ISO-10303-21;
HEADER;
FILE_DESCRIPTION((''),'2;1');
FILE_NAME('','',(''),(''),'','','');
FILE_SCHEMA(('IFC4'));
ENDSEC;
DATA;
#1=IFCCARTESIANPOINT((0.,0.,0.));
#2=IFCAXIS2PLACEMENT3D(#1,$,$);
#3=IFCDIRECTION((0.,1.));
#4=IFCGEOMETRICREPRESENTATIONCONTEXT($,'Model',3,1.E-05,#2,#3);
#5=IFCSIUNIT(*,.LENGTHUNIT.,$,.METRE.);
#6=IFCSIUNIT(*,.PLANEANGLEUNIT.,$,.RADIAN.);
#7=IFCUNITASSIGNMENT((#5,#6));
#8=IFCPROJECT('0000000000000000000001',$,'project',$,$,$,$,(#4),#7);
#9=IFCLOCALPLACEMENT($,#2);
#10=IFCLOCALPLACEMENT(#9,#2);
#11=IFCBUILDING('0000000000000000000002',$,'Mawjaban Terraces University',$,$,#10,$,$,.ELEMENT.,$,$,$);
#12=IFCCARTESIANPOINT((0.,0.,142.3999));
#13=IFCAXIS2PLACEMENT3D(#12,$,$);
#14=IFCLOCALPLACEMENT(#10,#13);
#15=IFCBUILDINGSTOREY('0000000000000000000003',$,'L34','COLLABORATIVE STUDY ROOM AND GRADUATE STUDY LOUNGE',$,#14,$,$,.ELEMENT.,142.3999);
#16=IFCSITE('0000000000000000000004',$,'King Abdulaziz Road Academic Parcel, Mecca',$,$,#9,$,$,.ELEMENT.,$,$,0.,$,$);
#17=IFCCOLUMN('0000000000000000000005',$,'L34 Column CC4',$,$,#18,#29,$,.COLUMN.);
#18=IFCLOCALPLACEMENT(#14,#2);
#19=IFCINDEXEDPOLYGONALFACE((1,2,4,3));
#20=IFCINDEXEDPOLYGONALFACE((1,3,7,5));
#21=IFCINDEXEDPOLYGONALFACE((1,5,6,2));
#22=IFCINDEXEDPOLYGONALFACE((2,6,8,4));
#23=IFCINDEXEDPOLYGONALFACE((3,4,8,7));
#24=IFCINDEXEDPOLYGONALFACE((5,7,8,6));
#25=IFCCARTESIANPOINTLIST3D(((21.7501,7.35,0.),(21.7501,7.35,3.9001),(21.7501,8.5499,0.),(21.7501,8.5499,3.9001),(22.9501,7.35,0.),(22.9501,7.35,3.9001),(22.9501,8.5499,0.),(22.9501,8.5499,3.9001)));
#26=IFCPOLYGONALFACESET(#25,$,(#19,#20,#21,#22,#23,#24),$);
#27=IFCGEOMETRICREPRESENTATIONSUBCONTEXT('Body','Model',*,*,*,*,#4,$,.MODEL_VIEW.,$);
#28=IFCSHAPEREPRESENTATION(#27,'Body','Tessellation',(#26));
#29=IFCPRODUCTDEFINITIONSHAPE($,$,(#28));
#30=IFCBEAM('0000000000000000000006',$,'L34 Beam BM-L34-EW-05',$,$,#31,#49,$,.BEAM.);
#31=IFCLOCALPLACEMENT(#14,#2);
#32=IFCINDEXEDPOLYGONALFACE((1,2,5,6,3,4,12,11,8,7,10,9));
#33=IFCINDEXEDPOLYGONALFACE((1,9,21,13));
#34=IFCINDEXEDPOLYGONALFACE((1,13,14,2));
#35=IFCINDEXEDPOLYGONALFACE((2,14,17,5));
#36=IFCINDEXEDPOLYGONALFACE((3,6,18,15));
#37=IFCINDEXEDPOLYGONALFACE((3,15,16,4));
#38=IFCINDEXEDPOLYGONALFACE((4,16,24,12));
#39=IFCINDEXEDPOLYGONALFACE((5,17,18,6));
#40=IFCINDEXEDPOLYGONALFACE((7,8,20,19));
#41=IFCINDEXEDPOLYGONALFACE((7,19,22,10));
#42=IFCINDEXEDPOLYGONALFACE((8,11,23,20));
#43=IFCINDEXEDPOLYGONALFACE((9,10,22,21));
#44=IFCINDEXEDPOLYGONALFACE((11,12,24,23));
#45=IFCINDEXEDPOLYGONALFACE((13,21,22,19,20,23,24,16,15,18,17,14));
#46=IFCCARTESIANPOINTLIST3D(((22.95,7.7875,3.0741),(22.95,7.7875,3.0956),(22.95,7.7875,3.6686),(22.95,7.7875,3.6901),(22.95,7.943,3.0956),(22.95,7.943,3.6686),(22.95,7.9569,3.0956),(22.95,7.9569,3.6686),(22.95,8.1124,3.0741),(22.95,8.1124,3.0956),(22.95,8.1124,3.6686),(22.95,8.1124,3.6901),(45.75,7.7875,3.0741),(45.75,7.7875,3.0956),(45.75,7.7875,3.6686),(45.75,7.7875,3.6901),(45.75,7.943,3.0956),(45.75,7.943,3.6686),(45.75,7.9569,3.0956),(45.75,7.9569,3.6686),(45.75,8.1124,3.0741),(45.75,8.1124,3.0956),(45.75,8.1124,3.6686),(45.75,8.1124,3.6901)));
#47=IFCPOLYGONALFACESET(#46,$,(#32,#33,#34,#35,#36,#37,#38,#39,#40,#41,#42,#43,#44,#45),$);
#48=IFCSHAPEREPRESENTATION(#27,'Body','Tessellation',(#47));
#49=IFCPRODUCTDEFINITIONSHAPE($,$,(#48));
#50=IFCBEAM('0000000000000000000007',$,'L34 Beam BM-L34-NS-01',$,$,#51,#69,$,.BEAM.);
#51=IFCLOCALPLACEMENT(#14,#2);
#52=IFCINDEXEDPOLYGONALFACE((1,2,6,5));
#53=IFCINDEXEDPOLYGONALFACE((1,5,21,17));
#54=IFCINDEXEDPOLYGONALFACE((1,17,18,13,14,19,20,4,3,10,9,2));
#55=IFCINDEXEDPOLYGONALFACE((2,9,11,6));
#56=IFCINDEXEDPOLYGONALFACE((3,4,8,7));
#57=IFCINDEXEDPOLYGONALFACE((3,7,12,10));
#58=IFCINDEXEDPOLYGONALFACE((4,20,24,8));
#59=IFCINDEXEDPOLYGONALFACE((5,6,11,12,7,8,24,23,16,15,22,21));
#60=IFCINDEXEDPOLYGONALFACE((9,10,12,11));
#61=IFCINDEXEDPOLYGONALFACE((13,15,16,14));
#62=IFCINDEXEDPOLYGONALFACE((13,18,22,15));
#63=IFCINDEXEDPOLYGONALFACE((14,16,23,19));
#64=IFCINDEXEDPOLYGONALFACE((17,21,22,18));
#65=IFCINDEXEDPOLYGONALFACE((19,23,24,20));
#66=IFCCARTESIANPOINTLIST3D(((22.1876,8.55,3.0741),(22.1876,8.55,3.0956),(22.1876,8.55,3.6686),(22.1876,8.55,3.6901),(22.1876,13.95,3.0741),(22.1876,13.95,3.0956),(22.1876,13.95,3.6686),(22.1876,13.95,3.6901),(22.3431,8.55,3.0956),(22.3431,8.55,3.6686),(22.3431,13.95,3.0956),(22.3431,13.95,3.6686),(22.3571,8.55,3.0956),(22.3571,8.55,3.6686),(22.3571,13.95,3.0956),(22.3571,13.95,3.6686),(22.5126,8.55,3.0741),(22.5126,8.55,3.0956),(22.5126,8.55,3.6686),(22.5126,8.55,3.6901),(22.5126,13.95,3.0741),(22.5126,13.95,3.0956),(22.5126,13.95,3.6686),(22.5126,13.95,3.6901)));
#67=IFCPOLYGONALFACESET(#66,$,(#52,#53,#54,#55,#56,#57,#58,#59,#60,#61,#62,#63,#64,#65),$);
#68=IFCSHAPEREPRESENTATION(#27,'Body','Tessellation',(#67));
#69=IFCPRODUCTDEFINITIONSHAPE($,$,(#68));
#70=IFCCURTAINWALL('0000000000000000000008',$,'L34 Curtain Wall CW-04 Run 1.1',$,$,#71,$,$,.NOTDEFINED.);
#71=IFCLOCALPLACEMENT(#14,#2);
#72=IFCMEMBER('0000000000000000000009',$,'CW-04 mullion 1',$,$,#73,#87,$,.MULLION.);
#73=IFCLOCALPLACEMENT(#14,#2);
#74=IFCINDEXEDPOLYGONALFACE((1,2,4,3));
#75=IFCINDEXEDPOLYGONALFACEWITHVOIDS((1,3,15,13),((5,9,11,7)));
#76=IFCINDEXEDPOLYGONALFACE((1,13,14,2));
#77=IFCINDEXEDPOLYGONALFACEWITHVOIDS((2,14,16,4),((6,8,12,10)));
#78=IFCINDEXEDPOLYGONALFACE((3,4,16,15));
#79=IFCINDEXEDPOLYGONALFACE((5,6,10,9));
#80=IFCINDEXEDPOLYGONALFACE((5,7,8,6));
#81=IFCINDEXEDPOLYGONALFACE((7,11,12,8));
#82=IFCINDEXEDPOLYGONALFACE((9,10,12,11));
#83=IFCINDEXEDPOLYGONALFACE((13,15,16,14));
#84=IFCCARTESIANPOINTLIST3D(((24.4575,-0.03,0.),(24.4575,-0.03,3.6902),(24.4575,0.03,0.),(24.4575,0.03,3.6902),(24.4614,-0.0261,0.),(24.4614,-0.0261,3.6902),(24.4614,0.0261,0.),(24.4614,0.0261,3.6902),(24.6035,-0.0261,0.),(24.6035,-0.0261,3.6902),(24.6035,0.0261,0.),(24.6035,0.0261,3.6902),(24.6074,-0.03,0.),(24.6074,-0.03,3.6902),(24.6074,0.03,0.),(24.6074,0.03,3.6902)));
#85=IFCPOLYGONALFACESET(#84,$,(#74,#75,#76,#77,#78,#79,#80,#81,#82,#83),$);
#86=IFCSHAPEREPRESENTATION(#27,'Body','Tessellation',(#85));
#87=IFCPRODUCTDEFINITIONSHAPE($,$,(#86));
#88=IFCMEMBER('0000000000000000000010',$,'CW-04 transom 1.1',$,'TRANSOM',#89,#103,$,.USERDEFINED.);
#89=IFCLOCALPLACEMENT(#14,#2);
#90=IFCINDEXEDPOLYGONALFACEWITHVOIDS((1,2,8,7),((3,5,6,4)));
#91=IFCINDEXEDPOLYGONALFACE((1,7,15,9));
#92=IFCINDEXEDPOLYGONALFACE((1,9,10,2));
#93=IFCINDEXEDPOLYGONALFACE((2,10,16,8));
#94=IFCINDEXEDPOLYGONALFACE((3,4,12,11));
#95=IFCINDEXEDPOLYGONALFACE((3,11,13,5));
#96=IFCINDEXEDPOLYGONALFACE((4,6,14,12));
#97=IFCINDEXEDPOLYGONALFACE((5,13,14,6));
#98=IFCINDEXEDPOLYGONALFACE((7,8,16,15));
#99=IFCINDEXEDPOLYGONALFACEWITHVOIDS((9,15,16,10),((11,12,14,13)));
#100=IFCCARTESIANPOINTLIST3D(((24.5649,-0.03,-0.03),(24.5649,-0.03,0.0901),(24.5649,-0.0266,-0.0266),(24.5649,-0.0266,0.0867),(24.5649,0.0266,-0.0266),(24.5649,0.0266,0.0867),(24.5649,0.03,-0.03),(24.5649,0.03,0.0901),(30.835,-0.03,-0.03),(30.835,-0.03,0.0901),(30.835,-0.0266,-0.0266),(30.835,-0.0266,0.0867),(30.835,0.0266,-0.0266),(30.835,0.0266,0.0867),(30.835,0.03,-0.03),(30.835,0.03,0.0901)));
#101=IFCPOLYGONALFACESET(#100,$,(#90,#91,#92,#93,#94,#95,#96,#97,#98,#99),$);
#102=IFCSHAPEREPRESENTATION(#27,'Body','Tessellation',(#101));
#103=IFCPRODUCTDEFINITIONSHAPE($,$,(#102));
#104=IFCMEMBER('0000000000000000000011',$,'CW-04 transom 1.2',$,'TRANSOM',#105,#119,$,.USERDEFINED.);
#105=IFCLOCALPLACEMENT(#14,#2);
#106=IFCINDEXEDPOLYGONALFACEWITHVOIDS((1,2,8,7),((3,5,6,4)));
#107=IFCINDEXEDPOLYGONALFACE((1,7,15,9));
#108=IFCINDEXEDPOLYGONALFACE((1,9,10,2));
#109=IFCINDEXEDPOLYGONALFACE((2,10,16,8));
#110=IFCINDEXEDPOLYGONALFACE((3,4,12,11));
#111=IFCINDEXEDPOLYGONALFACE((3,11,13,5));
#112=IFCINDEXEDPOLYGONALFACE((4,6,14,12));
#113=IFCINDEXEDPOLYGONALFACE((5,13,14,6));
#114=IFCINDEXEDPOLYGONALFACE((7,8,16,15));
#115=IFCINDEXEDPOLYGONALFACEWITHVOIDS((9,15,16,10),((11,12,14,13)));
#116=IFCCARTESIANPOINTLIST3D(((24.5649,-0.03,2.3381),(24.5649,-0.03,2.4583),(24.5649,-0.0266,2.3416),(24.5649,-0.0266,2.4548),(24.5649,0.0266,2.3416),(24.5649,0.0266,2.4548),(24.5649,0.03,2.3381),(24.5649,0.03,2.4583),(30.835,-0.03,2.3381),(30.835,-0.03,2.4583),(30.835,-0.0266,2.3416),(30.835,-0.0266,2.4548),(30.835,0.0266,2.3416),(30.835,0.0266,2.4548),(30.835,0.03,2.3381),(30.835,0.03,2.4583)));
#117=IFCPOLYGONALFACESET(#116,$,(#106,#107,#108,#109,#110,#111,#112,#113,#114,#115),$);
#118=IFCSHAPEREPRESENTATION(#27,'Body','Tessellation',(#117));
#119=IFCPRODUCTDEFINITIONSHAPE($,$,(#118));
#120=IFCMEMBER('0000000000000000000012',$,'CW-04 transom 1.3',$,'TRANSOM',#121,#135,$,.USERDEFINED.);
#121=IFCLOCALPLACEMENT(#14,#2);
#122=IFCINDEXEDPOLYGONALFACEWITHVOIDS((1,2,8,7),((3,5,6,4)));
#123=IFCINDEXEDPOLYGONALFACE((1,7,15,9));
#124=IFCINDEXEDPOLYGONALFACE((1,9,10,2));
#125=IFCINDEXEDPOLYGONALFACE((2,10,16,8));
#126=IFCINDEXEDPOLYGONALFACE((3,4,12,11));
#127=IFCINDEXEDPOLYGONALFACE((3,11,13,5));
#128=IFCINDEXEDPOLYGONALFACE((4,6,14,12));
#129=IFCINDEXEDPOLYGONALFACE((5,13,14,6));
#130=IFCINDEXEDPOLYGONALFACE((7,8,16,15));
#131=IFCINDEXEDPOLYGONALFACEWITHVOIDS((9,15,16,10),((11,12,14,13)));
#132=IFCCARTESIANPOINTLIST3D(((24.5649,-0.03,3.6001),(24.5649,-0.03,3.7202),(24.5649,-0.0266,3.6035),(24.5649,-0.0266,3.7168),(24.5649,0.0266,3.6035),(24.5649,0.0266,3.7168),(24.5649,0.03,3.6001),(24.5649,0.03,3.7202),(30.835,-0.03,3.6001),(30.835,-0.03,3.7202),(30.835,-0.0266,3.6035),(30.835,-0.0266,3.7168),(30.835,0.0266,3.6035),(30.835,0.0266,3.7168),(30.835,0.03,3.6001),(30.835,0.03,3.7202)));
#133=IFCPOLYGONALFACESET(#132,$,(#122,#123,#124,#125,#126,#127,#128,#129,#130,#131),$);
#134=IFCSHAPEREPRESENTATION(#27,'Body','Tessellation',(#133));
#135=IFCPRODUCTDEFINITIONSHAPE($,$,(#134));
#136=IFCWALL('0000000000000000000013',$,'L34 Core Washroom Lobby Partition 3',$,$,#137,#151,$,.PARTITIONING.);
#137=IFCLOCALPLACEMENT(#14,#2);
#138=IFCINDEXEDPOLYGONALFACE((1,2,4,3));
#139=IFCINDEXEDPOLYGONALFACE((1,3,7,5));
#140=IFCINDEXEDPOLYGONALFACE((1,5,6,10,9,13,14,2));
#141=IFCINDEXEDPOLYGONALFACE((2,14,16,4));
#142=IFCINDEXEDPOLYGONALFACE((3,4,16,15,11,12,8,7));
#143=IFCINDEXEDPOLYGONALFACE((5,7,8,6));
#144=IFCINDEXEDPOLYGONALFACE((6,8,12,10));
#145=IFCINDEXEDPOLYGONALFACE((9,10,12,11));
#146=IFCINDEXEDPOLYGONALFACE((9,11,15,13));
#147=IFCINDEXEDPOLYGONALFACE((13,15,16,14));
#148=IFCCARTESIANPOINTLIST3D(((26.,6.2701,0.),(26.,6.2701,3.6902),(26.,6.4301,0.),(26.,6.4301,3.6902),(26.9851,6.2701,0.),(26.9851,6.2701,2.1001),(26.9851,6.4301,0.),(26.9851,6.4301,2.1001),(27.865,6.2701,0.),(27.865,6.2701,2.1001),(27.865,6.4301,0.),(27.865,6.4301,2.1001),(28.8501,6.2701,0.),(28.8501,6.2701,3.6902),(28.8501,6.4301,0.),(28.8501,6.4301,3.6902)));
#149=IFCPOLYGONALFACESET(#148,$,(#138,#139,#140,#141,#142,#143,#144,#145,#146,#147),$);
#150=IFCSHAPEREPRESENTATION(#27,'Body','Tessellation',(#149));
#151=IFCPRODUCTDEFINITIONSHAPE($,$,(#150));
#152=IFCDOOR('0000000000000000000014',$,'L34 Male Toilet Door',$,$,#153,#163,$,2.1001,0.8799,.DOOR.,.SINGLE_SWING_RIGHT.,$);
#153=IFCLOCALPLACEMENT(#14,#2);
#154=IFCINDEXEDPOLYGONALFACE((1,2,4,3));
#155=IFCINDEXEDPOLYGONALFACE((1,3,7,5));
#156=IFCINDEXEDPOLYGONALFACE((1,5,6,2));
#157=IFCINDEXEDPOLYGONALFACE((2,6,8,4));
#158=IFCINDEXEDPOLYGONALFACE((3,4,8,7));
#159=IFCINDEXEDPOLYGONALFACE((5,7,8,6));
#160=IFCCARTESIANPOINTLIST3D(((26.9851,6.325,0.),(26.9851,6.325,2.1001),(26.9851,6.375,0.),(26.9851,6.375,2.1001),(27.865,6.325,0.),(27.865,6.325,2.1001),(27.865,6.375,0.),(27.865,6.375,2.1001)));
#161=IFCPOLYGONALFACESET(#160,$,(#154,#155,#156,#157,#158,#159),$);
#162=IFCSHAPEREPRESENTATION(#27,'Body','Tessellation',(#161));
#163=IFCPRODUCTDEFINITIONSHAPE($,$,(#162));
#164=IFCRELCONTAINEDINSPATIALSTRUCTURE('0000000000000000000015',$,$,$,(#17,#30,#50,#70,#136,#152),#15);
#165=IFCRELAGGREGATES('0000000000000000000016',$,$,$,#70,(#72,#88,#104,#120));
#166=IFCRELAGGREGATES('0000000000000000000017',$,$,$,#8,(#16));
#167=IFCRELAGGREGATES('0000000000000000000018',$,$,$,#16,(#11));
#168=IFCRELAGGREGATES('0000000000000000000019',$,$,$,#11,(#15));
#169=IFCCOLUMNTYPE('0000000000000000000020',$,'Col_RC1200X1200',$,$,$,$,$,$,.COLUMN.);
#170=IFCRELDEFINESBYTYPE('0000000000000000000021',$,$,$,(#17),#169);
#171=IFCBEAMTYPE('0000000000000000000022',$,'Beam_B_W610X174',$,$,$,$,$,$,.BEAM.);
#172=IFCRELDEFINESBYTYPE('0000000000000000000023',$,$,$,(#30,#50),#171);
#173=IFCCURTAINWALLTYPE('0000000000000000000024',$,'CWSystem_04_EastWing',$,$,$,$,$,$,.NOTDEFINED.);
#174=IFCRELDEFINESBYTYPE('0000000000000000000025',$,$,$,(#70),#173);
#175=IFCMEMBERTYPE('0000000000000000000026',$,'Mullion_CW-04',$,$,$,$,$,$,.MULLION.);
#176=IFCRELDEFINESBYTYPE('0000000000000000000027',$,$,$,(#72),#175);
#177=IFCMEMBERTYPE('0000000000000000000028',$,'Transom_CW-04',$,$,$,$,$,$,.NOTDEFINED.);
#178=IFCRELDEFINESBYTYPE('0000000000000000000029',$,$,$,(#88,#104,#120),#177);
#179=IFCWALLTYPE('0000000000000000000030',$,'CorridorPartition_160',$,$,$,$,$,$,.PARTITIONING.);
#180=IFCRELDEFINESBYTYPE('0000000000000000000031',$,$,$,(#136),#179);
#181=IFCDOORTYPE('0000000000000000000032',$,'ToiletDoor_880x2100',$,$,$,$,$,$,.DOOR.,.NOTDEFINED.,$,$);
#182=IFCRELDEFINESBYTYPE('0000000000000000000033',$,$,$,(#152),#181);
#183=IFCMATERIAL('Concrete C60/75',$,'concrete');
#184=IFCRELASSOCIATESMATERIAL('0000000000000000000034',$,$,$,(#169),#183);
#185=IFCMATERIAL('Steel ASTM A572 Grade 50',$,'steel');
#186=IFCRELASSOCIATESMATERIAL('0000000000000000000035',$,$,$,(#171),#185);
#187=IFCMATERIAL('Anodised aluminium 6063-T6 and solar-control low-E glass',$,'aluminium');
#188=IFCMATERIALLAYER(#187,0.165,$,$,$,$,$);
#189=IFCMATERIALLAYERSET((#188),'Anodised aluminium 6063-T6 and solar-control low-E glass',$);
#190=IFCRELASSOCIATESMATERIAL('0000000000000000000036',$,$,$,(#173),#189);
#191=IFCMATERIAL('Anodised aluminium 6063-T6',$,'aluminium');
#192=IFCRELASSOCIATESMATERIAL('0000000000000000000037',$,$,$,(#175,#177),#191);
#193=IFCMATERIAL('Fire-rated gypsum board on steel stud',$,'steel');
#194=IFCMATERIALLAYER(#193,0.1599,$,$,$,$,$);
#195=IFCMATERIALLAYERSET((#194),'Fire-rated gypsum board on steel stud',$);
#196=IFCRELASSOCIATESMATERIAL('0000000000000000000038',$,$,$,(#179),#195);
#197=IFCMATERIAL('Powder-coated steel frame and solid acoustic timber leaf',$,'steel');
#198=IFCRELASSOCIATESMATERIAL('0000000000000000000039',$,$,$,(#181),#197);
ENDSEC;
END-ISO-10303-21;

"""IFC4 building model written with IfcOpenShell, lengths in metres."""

from ifc_helpers import new_model, si_unit, direction, frame, frame_2d, origin, origin_2d, place, context, subcontext, project, spatial, rectangle, hollow_rectangle, i_section, extrude, material, layer, layer_set, material_profile, profile_set, type_object, element, fill, aggregate, save


model = new_model("IFC4")

# Units and contexts
model_context = context("Model", 3, precision=1e-05, world=origin(), true_north=direction((0.0, 1.0)))
body_context = subcontext(model_context, "Body", "Model", "MODEL_VIEW")
ifc_project = project(units=[si_unit("LENGTHUNIT", "METRE"), si_unit("PLANEANGLEUNIT", "RADIAN")], contexts=[model_context])

# Site, building, storey
site_placement = place(None, origin())
site = spatial("IfcSite", under=ifc_project, at=site_placement, Name="King Abdulaziz Road Academic Parcel, Mecca", CompositionType="ELEMENT", RefElevation=0.0)
building_placement = place(site_placement, origin())
building = spatial("IfcBuilding", under=site, at=building_placement, Name="Mawjaban Terraces University", CompositionType="ELEMENT")
storey_placement = place(building_placement, frame((0.0, 0.0, 142.3999)))
storey = spatial("IfcBuildingStorey", under=building, at=storey_placement, Name="L34", Description="COLLABORATIVE STUDY ROOM AND GRADUATE STUDY LOUNGE", CompositionType="ELEMENT", Elevation=142.3999)

# Column
ifc_material_1 = material(Name="Concrete C60/75", Category="concrete")
ifc_material_profile_1 = material_profile(ifc_material_1, rectangle(XDim=1.2, YDim=1.2, at=origin_2d()), Name="RC1200X1200")
ifc_profile_set_1 = profile_set([ifc_material_profile_1], Name="Concrete C60/75")
column_type = type_object("IfcColumnType", Name="Col_RC1200X1200", PredefinedType="COLUMN", material=ifc_profile_set_1)
column_placement = place(storey_placement, frame((22.3501, 7.95, 0.0), z_axis=(0.0, 0.0, 1.0), x_axis=(1.0, 0.0, 0.0)))
element("IfcColumn", 1, at=column_placement, inside=storey, type_object=column_type, Name="L34 Column CC4", PredefinedType="COLUMN", context=body_context, shape_type="SweptSolid", body=[
    extrude(rectangle(XDim=1.2, YDim=1.2, at=origin_2d()), origin(), (0.0, 0.0, 1.0), 3.9001),
])

# Beams
ifc_material_2 = material(Name="Steel ASTM A572 Grade 50", Category="steel")
ifc_material_profile_2 = material_profile(ifc_material_2, i_section(OverallWidth=0.325, OverallDepth=0.616, WebThickness=0.0139, FlangeThickness=0.0215, at=origin_2d()), Name="W610X174")
ifc_profile_set_2 = profile_set([ifc_material_profile_2], Name="Steel ASTM A572 Grade 50")
beam_type = type_object("IfcBeamType", Name="Beam_B_W610X174", PredefinedType="BEAM", material=ifc_profile_set_2)
beam_1_placement = place(storey_placement, frame((22.95, 7.95, 3.3821), z_axis=(1.0, 0.0, 0.0), x_axis=(0.0, 1.0, 0.0)))
element("IfcBeam", 2, at=beam_1_placement, inside=storey, type_object=beam_type, Name="L34 Beam BM-L34-EW-05", PredefinedType="BEAM", context=body_context, shape_type="SweptSolid", body=[
    extrude(i_section(OverallWidth=0.325, OverallDepth=0.616, WebThickness=0.0139, FlangeThickness=0.0215, at=origin_2d()), origin(), (0.0, 0.0, 1.0), 22.8),
])
beam_2_placement = place(storey_placement, frame((22.3501, 8.55, 3.3821), z_axis=(0.0, 1.0, 0.0), x_axis=(-1.0, 0.0, 0.0)))
element("IfcBeam", 3, at=beam_2_placement, inside=storey, type_object=beam_type, Name="L34 Beam BM-L34-NS-01", PredefinedType="BEAM", context=body_context, shape_type="SweptSolid", body=[
    extrude(i_section(OverallWidth=0.325, OverallDepth=0.616, WebThickness=0.0139, FlangeThickness=0.0215, at=origin_2d()), origin(), (0.0, 0.0, 1.0), 5.3999),
])

# Curtain wall, members
ifc_material_3 = material(Name="Anodised aluminium 6063-T6 and solar-control low-E glass", Category="aluminium")
ifc_layer_1 = layer(ifc_material_3, 0.165)
ifc_layer_set_1 = layer_set([ifc_layer_1], Name="Anodised aluminium 6063-T6 and solar-control low-E glass")
curtain_wall_type = type_object("IfcCurtainWallType", Name="CWSystem_04_EastWing", PredefinedType="NOTDEFINED", material=ifc_layer_set_1)
curtain_wall_placement = place(storey_placement, origin())
curtain_wall = element("IfcCurtainWall", 4, at=curtain_wall_placement, inside=storey, type_object=curtain_wall_type, Name="L34 Curtain Wall CW-04 Run 1.1", PredefinedType="NOTDEFINED")
ifc_material_4 = material(Name="Anodised aluminium 6063-T6", Category="aluminium")
ifc_material_profile_3 = material_profile(ifc_material_4, hollow_rectangle(XDim=0.0601, YDim=0.1499, WallThickness=0.0039, at=origin_2d()), Name="ALU150X60X4")
ifc_profile_set_3 = profile_set([ifc_material_profile_3], Name="Anodised aluminium 6063-T6")
member_type_1 = type_object("IfcMemberType", Name="Mullion_CW-04", PredefinedType="MULLION", material=ifc_profile_set_3)
member_1_placement = place(storey_placement, frame((24.5325, 0.0, 0.0), z_axis=(0.0, 0.0, 1.0), x_axis=(0.0, 1.0, 0.0)))
member_1 = element("IfcMember", 5, at=member_1_placement, type_object=member_type_1, Name="CW-04 mullion 1", PredefinedType="MULLION", context=body_context, shape_type="SweptSolid", body=[
    extrude(hollow_rectangle(XDim=0.0601, YDim=0.1499, WallThickness=0.0039, at=origin_2d()), origin(), (0.0, 0.0, 1.0), 3.6902),
])
ifc_material_profile_4 = material_profile(ifc_material_4, hollow_rectangle(XDim=0.0601, YDim=0.1201, WallThickness=0.0034, at=origin_2d()), Name="ALU120X60X3.5")
ifc_profile_set_4 = profile_set([ifc_material_profile_4], Name="Anodised aluminium 6063-T6")
member_type_2 = type_object("IfcMemberType", Name="Transom_CW-04", PredefinedType="NOTDEFINED", material=ifc_profile_set_4)
member_2_placement = place(storey_placement, frame((24.5649, 0.0, 0.03), z_axis=(1.0, 0.0, 0.0), x_axis=(0.0, 1.0, 0.0)))
member_2 = element("IfcMember", 6, at=member_2_placement, type_object=member_type_2, Name="CW-04 transom 1.1", ObjectType="TRANSOM", PredefinedType="USERDEFINED", context=body_context, shape_type="SweptSolid", body=[
    extrude(hollow_rectangle(XDim=0.0601, YDim=0.1201, WallThickness=0.0034, at=origin_2d()), origin(), (0.0, 0.0, 1.0), 6.27),
])
member_3_placement = place(storey_placement, frame((24.5649, 0.0, 2.3982), z_axis=(1.0, 0.0, 0.0), x_axis=(0.0, 1.0, 0.0)))
member_3 = element("IfcMember", 7, at=member_3_placement, type_object=member_type_2, Name="CW-04 transom 1.2", ObjectType="TRANSOM", PredefinedType="USERDEFINED", context=body_context, shape_type="SweptSolid", body=[
    extrude(hollow_rectangle(XDim=0.0601, YDim=0.1201, WallThickness=0.0034, at=origin_2d()), origin(), (0.0, 0.0, 1.0), 6.27),
])
member_4_placement = place(storey_placement, frame((24.5649, 0.0, 3.6602), z_axis=(1.0, 0.0, 0.0), x_axis=(0.0, 1.0, 0.0)))
member_4 = element("IfcMember", 8, at=member_4_placement, type_object=member_type_2, Name="CW-04 transom 1.3", ObjectType="TRANSOM", PredefinedType="USERDEFINED", context=body_context, shape_type="SweptSolid", body=[
    extrude(hollow_rectangle(XDim=0.0601, YDim=0.1201, WallThickness=0.0034, at=origin_2d()), origin(), (0.0, 0.0, 1.0), 6.27),
])
aggregate(curtain_wall, [member_1, member_2, member_3, member_4])

# Wall, opening, door
ifc_material_5 = material(Name="Fire-rated gypsum board on steel stud", Category="steel")
ifc_layer_2 = layer(ifc_material_5, 0.1599)
ifc_layer_set_2 = layer_set([ifc_layer_2], Name="Fire-rated gypsum board on steel stud")
wall_type_1 = type_object("IfcWallType", Name="CorridorPartition_160", PredefinedType="PARTITIONING", material=ifc_layer_set_2)
wall_1_placement = place(storey_placement, frame((26.0, 6.3501, 0.0), z_axis=(0.0, 0.0, 1.0), x_axis=(1.0, 0.0, 0.0)))
wall_1 = element("IfcWall", 9, at=wall_1_placement, inside=storey, type_object=wall_type_1, Name="L34 Core Washroom Lobby Partition 3", PredefinedType="PARTITIONING", context=body_context, shape_type="SweptSolid", body=[
    extrude(rectangle(XDim=2.8501, YDim=0.1599, at=frame_2d((1.425, 0.0))), origin(), (0.0, 0.0, 1.0), 3.6902),
])
opening_1_placement = place(wall_1_placement, frame((0.9851, 0.0, 0.0)))
opening_1 = element("IfcOpeningElement", 10, at=opening_1_placement, cuts=wall_1, PredefinedType="OPENING", context=body_context, shape_type="SweptSolid", body=[
    extrude(rectangle(XDim=0.8799, YDim=2.1001, at=frame_2d((0.4399, 1.05))), frame((0.0, 0.0898, 0.0), z_axis=(0.0, -1.0, 0.0), x_axis=(1.0, 0.0, 0.0)), (0.0, 0.0, 1.0), 0.1799),
])
ifc_material_6 = material(Name="Powder-coated steel frame and solid acoustic timber leaf", Category="steel")
door_type = type_object("IfcDoorType", Name="ToiletDoor_880x2100", OperationType="NOTDEFINED", PredefinedType="DOOR", material=ifc_material_6)
door_1_placement = place(opening_1_placement, origin())
door_1 = element("IfcDoor", 11, at=door_1_placement, inside=storey, type_object=door_type, Name="L34 Male Toilet Door", OperationType="SINGLE_SWING_RIGHT", OverallHeight=2.1001, OverallWidth=0.8799, PredefinedType="DOOR", context=body_context, shape_type="SweptSolid", body=[
    extrude(rectangle(XDim=0.8799, YDim=2.1001, at=frame_2d((0.4399, 1.05))), frame((0.0, 0.0249, 0.0), z_axis=(0.0, -1.0, 0.0), x_axis=(1.0, 0.0, 0.0)), (0.0, 0.0, 1.0), 0.05),
])
fill(opening_1, door_1)

save(model, "model.ifc")
